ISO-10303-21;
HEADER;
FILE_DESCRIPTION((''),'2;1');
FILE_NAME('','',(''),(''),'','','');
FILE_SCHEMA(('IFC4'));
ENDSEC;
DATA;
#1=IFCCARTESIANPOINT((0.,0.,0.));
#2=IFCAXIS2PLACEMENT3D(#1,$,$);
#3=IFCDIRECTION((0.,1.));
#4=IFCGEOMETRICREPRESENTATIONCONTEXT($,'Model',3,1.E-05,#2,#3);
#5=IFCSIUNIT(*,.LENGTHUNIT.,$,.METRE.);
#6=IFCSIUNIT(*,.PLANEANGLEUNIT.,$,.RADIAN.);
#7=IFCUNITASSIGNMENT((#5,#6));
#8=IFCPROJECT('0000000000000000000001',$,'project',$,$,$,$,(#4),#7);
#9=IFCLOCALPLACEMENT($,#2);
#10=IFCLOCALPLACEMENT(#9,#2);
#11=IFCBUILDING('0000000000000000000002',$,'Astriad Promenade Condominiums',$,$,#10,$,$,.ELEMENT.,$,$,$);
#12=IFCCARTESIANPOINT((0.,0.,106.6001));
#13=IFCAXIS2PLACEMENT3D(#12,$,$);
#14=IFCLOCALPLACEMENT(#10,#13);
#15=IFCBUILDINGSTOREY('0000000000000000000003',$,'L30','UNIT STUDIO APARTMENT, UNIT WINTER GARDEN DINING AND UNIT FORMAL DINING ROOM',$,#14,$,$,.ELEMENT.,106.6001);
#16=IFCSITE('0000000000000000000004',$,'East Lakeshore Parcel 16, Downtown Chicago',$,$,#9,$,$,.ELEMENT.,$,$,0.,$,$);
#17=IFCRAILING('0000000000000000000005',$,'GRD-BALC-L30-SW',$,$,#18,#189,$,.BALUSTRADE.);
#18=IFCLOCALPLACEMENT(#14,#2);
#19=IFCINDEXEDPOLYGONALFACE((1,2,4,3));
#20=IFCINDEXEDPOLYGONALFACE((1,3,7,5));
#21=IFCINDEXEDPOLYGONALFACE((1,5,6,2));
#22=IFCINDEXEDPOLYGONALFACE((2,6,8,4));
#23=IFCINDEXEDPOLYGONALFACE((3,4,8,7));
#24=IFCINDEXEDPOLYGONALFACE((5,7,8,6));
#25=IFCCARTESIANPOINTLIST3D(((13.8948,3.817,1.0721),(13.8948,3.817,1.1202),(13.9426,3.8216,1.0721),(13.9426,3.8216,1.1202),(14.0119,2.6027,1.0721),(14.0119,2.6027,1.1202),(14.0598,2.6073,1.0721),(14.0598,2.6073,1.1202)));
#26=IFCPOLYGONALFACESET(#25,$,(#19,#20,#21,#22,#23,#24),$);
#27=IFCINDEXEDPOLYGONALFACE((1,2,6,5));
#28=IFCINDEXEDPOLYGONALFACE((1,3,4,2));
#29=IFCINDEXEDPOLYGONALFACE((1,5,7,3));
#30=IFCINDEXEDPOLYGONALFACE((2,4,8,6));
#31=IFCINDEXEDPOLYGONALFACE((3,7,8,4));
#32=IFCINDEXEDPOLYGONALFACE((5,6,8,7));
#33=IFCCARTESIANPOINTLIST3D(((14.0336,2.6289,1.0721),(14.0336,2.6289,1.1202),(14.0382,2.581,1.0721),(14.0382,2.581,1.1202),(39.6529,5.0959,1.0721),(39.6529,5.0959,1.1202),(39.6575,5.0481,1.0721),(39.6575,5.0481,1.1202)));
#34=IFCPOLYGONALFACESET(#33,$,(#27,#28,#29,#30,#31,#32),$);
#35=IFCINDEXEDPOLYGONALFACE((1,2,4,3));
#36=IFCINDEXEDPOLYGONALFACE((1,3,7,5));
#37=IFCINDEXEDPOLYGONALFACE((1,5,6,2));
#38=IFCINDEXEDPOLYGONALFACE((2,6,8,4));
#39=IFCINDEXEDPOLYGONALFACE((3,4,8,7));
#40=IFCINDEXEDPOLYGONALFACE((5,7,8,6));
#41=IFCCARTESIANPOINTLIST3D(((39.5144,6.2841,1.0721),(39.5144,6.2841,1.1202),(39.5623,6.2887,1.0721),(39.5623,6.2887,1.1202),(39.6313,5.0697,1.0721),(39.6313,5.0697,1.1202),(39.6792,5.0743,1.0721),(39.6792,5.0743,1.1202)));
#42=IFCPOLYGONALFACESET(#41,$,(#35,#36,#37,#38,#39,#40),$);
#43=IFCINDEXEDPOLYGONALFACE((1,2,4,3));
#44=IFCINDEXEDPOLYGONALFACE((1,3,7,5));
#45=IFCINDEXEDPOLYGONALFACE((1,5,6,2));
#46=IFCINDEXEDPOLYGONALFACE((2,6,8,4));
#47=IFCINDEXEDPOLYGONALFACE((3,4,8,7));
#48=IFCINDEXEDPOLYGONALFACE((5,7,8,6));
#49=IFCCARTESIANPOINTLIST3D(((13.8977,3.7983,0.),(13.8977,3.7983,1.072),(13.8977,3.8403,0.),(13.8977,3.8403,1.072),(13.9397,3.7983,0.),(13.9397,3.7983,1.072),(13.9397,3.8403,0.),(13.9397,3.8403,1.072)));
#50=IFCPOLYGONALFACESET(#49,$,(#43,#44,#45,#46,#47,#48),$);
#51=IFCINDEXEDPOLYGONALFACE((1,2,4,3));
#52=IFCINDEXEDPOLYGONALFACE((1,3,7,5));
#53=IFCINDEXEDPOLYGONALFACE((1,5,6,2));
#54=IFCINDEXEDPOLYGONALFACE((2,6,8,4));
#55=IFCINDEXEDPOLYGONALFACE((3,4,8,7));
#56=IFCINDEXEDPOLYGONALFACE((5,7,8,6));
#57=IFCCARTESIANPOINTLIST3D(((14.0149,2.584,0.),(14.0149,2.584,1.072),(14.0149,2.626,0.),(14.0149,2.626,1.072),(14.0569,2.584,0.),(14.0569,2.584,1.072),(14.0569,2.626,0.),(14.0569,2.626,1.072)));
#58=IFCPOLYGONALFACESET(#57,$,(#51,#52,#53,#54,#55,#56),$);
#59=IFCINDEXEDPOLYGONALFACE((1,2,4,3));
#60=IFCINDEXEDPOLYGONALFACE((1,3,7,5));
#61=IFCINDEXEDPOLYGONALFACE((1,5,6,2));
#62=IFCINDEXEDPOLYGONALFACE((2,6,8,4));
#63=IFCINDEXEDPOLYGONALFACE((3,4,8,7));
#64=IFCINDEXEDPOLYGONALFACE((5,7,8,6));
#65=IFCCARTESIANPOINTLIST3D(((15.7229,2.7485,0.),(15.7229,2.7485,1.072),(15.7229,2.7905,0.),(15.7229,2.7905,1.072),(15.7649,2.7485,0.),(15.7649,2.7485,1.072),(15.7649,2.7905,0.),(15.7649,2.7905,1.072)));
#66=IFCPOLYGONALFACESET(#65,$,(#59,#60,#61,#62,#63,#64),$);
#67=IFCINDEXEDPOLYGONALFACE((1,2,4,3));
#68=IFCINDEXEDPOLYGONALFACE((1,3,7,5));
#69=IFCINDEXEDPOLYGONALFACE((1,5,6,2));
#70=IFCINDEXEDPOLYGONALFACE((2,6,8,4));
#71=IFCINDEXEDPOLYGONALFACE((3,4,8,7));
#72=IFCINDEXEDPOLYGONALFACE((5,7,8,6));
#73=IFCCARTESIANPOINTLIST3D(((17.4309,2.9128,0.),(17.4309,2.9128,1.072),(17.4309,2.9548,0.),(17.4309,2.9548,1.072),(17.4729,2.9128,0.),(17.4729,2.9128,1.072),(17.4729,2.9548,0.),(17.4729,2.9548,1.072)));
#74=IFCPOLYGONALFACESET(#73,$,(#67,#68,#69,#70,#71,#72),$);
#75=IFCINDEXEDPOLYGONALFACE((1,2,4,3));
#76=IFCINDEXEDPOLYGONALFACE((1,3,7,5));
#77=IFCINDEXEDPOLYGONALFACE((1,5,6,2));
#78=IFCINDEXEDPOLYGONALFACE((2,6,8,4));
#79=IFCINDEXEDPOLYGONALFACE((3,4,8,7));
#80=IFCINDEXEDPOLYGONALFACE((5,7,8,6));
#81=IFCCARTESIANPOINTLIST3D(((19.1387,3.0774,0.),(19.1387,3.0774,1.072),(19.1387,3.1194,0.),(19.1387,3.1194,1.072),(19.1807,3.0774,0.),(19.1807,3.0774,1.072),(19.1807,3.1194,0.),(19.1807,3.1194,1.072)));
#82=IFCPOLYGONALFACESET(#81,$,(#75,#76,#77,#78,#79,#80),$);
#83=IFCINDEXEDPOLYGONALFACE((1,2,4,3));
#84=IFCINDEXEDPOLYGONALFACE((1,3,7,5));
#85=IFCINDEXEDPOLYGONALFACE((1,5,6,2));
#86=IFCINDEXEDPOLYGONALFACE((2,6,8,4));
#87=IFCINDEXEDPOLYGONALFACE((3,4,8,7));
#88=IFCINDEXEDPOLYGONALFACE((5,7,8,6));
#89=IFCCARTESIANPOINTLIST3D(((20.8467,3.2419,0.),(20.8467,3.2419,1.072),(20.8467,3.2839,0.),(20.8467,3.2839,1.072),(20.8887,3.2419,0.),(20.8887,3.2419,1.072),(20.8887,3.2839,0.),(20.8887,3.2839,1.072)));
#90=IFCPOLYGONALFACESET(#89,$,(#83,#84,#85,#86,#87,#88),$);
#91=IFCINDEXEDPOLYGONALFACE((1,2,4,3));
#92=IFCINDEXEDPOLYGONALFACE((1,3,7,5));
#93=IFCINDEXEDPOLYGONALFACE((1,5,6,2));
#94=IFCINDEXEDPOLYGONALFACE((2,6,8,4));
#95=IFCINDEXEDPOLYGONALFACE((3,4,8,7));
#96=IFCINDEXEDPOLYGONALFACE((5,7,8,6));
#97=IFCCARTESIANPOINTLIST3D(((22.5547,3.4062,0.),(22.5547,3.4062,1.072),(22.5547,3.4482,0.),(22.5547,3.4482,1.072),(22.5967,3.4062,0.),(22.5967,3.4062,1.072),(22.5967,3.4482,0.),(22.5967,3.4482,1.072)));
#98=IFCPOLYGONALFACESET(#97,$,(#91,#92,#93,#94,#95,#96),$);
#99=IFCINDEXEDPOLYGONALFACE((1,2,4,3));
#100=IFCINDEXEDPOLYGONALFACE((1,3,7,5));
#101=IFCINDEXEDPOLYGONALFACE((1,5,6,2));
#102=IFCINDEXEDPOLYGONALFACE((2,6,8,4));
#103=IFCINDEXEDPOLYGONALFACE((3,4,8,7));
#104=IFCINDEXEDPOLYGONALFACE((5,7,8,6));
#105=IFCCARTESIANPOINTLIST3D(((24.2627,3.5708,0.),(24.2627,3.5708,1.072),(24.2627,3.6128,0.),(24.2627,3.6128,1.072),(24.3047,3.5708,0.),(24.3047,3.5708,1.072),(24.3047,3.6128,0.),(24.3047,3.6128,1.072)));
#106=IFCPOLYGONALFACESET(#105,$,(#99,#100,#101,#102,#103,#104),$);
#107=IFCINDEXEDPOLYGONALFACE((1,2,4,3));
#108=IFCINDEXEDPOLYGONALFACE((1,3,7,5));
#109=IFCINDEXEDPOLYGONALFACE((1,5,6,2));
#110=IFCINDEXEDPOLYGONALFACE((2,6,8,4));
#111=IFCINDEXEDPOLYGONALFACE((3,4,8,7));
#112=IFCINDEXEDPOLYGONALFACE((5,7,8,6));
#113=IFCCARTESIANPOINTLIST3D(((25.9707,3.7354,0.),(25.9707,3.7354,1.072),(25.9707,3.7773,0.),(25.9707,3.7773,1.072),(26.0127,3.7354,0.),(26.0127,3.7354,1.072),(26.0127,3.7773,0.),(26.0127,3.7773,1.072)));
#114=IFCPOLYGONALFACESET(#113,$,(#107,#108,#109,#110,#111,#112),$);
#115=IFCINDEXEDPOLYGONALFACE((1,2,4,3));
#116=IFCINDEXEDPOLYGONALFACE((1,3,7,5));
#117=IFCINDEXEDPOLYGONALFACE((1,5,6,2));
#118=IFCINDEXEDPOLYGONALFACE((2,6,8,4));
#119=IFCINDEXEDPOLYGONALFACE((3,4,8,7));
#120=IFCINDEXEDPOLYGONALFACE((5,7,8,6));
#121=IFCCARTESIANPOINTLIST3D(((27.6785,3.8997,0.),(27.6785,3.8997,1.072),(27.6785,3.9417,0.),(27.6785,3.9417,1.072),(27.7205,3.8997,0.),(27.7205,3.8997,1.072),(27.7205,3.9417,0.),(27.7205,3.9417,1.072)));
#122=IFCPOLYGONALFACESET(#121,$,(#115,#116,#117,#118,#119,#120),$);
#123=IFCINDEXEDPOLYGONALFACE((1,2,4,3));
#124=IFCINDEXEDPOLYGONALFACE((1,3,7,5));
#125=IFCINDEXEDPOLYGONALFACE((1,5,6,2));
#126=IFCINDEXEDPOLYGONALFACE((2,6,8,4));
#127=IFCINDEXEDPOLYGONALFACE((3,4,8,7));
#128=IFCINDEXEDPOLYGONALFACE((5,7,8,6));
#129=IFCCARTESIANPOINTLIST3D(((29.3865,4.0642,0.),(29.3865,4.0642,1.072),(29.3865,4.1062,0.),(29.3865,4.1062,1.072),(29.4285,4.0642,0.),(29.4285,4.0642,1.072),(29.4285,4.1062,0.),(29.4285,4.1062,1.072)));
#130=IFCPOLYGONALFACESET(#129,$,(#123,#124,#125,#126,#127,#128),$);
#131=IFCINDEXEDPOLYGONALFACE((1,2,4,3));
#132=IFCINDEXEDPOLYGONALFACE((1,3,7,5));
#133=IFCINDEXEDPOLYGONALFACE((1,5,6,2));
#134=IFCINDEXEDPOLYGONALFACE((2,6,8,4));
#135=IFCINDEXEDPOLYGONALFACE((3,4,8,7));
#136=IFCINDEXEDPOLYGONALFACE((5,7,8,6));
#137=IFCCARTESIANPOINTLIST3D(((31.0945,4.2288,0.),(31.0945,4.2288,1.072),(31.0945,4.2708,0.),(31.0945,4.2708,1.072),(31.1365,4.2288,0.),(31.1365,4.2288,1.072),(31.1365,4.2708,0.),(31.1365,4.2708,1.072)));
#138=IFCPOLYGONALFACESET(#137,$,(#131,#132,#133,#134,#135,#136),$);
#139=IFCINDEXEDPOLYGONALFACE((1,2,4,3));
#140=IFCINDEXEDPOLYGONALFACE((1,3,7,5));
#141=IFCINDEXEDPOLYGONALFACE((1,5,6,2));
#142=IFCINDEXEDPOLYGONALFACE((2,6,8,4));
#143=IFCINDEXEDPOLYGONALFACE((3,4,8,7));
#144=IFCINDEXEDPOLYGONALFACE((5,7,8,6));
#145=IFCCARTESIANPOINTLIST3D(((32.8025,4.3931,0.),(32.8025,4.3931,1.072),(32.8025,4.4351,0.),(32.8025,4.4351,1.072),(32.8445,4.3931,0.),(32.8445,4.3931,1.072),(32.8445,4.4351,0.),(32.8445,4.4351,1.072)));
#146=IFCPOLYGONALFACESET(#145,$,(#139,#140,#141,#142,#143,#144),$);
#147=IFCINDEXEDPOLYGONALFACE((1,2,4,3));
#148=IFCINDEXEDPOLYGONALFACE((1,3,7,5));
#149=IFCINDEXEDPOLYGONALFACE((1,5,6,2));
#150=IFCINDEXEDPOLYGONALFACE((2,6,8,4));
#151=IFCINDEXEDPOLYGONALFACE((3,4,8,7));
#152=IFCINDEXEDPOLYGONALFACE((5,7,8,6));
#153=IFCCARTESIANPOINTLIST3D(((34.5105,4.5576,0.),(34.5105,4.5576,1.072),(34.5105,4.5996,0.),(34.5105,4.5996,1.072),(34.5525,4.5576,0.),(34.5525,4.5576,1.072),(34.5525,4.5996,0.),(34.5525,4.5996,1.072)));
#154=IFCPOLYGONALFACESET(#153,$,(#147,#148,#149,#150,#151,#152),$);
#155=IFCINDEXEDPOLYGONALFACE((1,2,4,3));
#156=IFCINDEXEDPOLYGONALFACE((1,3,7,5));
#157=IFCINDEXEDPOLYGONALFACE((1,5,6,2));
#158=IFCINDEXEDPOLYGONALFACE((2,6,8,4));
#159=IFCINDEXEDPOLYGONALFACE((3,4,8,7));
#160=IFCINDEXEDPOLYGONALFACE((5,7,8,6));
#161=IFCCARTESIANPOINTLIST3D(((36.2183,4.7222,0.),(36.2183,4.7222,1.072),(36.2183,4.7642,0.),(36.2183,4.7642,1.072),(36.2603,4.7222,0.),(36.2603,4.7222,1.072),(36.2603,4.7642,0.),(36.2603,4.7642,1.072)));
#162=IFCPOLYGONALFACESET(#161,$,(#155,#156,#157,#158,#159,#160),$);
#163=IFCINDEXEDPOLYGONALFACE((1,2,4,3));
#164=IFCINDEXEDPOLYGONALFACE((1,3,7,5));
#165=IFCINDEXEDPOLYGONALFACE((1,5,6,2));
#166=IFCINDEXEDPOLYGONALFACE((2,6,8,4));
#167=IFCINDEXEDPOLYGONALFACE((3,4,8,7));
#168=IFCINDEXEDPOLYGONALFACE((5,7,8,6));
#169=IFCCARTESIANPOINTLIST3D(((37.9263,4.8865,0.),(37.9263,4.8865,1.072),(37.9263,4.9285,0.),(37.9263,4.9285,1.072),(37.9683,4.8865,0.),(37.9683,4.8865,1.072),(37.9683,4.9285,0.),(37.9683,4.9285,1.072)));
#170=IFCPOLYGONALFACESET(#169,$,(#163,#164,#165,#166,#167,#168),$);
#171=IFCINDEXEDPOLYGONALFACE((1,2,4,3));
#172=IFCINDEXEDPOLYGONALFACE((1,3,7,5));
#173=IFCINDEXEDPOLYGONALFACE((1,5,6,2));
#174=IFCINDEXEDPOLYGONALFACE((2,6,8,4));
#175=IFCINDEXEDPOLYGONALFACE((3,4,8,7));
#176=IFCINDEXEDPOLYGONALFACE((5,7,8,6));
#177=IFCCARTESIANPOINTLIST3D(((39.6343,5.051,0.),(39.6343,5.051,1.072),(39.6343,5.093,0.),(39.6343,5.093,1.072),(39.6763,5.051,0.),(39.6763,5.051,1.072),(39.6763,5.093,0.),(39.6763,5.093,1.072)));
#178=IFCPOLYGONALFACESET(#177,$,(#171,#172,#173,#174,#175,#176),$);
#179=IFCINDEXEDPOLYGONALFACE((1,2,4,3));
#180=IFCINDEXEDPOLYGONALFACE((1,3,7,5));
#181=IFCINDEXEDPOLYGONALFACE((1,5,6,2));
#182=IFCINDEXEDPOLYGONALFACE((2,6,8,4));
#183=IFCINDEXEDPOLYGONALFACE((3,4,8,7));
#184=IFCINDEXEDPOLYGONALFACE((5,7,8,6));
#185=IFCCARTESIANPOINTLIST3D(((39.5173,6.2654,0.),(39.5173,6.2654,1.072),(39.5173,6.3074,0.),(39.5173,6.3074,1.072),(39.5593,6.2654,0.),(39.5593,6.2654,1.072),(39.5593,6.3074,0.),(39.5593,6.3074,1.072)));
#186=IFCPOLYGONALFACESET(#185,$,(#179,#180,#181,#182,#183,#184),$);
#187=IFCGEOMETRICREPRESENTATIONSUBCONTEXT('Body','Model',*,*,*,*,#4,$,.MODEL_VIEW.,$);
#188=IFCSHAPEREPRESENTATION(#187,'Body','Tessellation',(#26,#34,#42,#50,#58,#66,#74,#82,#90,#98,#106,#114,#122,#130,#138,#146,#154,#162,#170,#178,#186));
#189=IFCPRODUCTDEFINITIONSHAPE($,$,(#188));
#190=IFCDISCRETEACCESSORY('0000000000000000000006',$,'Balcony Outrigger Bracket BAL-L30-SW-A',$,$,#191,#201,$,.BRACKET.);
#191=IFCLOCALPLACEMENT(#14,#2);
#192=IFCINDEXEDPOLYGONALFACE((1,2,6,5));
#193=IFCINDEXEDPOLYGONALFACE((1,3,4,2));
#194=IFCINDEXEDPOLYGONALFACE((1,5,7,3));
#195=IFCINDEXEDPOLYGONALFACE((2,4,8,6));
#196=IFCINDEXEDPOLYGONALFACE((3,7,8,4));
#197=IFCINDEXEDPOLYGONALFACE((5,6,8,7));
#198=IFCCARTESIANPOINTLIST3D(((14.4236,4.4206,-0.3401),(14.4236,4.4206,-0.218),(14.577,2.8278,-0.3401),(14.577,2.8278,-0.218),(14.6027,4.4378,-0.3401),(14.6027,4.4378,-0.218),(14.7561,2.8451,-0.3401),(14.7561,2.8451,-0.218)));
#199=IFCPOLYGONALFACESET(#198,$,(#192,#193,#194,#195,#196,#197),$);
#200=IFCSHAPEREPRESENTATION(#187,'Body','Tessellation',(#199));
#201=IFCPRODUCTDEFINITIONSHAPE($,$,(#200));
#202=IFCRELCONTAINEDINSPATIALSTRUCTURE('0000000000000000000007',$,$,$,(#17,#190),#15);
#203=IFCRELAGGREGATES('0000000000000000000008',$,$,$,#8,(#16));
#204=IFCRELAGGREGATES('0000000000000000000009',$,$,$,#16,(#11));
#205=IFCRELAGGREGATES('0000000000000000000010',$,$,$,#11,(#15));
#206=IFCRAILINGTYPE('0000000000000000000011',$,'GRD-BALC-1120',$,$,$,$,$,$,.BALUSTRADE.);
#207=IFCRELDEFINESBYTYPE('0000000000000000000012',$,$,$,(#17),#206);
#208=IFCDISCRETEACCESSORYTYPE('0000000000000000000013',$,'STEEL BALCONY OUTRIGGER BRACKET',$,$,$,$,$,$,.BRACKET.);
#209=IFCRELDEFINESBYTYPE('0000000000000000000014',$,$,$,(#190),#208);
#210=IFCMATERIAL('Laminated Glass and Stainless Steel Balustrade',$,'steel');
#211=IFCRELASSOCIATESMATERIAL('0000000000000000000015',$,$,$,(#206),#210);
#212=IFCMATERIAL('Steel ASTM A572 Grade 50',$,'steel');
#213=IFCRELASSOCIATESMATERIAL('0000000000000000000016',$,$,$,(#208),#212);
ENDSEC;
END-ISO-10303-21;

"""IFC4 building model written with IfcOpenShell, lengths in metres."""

from ifc_helpers import new_model, si_unit, direction, frame, origin, origin_2d, place, context, subcontext, project, spatial, rectangle, extrude, source, transform, mapped, material, type_object, type_shapes, element, save


model = new_model("IFC4")

# Units and contexts
model_context = context("Model", 3, precision=1e-05, world=origin(), true_north=direction((0.0, 1.0)))
body_context = subcontext(model_context, "Body", "Model", "MODEL_VIEW")
ifc_project = project(units=[si_unit("LENGTHUNIT", "METRE"), si_unit("PLANEANGLEUNIT", "RADIAN")], contexts=[model_context])

# Site, building, storey
site_placement = place(None, origin())
site = spatial("IfcSite", under=ifc_project, at=site_placement, Name="East Lakeshore Parcel 16, Downtown Chicago", CompositionType="ELEMENT", RefElevation=0.0)
building_placement = place(site_placement, origin())
building = spatial("IfcBuilding", under=site, at=building_placement, Name="Astriad Promenade Condominiums", CompositionType="ELEMENT")
storey_placement = place(building_placement, frame((0.0, 0.0, 106.6001)))
storey = spatial("IfcBuildingStorey", under=building, at=storey_placement, Name="L30", Description="UNIT STUDIO APARTMENT, UNIT WINTER GARDEN DINING AND UNIT FORMAL DINING ROOM", CompositionType="ELEMENT", Elevation=106.6001)

# Railing
ifc_material_1 = material(Name="Laminated Glass and Stainless Steel Balustrade", Category="steel")
railing_type = type_object("IfcRailingType", Name="GRD-BALC-1120", PredefinedType="BALUSTRADE", material=ifc_material_1)
shared_shape_1 = source(origin(), body_context, "Body", "SweptSolid", [
    extrude(rectangle(XDim=0.0481, YDim=0.0481, at=origin_2d()), frame((0.0, 0.0, 1.0962), z_axis=(0.096056, -0.995376, 0.0), x_axis=(0.995376, 0.096056, 0.0)), (0.0, 0.0, 1.0), 1.22),
    extrude(rectangle(XDim=0.0481, YDim=0.0481, at=origin_2d()), frame((0.1172, -1.2144, 1.0962), z_axis=(0.995396, 0.095852, 0.0), x_axis=(-0.095852, 0.995396, 0.0)), (0.0, 0.0, 1.0), 25.7378),
    extrude(rectangle(XDim=0.0481, YDim=0.0481, at=origin_2d()), frame((25.7366, 1.2527, 1.0962), z_axis=(-0.095857, 0.995395, 0.0), x_axis=(-0.995395, -0.095857, 0.0)), (0.0, 0.0, 1.0), 1.22),
    extrude(rectangle(XDim=0.042, YDim=0.042, at=origin_2d()), origin(), (0.0, 0.0, 1.0), 1.072),
    extrude(rectangle(XDim=0.042, YDim=0.042, at=origin_2d()), frame((0.1172, -1.2144, 0.0)), (0.0, 0.0, 1.0), 1.072),
    extrude(rectangle(XDim=0.042, YDim=0.042, at=origin_2d()), frame((1.8252, -1.0498, 0.0)), (0.0, 0.0, 1.0), 1.072),
    extrude(rectangle(XDim=0.042, YDim=0.042, at=origin_2d()), frame((3.5332, -0.8855, 0.0)), (0.0, 0.0, 1.0), 1.072),
    extrude(rectangle(XDim=0.042, YDim=0.042, at=origin_2d()), frame((5.241, -0.7209, 0.0)), (0.0, 0.0, 1.0), 1.072),
    extrude(rectangle(XDim=0.042, YDim=0.042, at=origin_2d()), frame((6.949, -0.5564, 0.0)), (0.0, 0.0, 1.0), 1.072),
    extrude(rectangle(XDim=0.042, YDim=0.042, at=origin_2d()), frame((8.657, -0.3921, 0.0)), (0.0, 0.0, 1.0), 1.072),
    extrude(rectangle(XDim=0.042, YDim=0.042, at=origin_2d()), frame((10.365, -0.2275, 0.0)), (0.0, 0.0, 1.0), 1.072),
    extrude(rectangle(XDim=0.042, YDim=0.042, at=origin_2d()), frame((12.073, -0.063, 0.0)), (0.0, 0.0, 1.0), 1.072),
    extrude(rectangle(XDim=0.042, YDim=0.042, at=origin_2d()), frame((13.7808, 0.1013, 0.0)), (0.0, 0.0, 1.0), 1.072),
    extrude(rectangle(XDim=0.042, YDim=0.042, at=origin_2d()), frame((15.4888, 0.2659, 0.0)), (0.0, 0.0, 1.0), 1.072),
    extrude(rectangle(XDim=0.042, YDim=0.042, at=origin_2d()), frame((17.1968, 0.4304, 0.0)), (0.0, 0.0, 1.0), 1.072),
    extrude(rectangle(XDim=0.042, YDim=0.042, at=origin_2d()), frame((18.9048, 0.5947, 0.0)), (0.0, 0.0, 1.0), 1.072),
    extrude(rectangle(XDim=0.042, YDim=0.042, at=origin_2d()), frame((20.6128, 0.7593, 0.0)), (0.0, 0.0, 1.0), 1.072),
    extrude(rectangle(XDim=0.042, YDim=0.042, at=origin_2d()), frame((22.3206, 0.9238, 0.0)), (0.0, 0.0, 1.0), 1.072),
    extrude(rectangle(XDim=0.042, YDim=0.042, at=origin_2d()), frame((24.0286, 1.0881, 0.0)), (0.0, 0.0, 1.0), 1.072),
    extrude(rectangle(XDim=0.042, YDim=0.042, at=origin_2d()), frame((25.7366, 1.2527, 0.0)), (0.0, 0.0, 1.0), 1.072),
    extrude(rectangle(XDim=0.042, YDim=0.042, at=origin_2d()), frame((25.6196, 2.467, 0.0)), (0.0, 0.0, 1.0), 1.072),
])
type_shapes(railing_type, [shared_shape_1])
railing_placement = place(storey_placement, frame((13.9187, 3.8193, 0.0)))
element("IfcRailing", 1, at=railing_placement, inside=storey, type_object=railing_type, Name="GRD-BALC-L30-SW", PredefinedType="BALUSTRADE", context=body_context, shape_type="MappedRepresentation", body=[
    mapped(shared_shape_1, transform((0.0, 0.0, 0.0), scale=1.0)),
])

# Discrete accessory
ifc_material_2 = material(Name="Steel ASTM A572 Grade 50", Category="steel")
discrete_accessory_type = type_object("IfcDiscreteAccessoryType", Name="STEEL BALCONY OUTRIGGER BRACKET", PredefinedType="BRACKET", material=ifc_material_2)
shared_shape_2 = source(origin(), body_context, "Body", "SweptSolid", [
    extrude(rectangle(XDim=1.6001, YDim=0.1799, at=origin_2d()), origin(), (0.0, 0.0, 1.0), 0.1221),
])
type_shapes(discrete_accessory_type, [shared_shape_2])
discrete_accessory_placement = place(storey_placement, frame((14.5898, 3.6328, -0.3401), z_axis=(0.0, 0.0, 1.0), x_axis=(0.095846, -0.995396, 0.0)))
element("IfcDiscreteAccessory", 2, at=discrete_accessory_placement, inside=storey, type_object=discrete_accessory_type, Name="Balcony Outrigger Bracket BAL-L30-SW-A", PredefinedType="BRACKET", context=body_context, shape_type="MappedRepresentation", body=[
    mapped(shared_shape_2, transform((0.0, 0.0, 0.0), scale=1.0)),
])

save(model, "model.ifc")
